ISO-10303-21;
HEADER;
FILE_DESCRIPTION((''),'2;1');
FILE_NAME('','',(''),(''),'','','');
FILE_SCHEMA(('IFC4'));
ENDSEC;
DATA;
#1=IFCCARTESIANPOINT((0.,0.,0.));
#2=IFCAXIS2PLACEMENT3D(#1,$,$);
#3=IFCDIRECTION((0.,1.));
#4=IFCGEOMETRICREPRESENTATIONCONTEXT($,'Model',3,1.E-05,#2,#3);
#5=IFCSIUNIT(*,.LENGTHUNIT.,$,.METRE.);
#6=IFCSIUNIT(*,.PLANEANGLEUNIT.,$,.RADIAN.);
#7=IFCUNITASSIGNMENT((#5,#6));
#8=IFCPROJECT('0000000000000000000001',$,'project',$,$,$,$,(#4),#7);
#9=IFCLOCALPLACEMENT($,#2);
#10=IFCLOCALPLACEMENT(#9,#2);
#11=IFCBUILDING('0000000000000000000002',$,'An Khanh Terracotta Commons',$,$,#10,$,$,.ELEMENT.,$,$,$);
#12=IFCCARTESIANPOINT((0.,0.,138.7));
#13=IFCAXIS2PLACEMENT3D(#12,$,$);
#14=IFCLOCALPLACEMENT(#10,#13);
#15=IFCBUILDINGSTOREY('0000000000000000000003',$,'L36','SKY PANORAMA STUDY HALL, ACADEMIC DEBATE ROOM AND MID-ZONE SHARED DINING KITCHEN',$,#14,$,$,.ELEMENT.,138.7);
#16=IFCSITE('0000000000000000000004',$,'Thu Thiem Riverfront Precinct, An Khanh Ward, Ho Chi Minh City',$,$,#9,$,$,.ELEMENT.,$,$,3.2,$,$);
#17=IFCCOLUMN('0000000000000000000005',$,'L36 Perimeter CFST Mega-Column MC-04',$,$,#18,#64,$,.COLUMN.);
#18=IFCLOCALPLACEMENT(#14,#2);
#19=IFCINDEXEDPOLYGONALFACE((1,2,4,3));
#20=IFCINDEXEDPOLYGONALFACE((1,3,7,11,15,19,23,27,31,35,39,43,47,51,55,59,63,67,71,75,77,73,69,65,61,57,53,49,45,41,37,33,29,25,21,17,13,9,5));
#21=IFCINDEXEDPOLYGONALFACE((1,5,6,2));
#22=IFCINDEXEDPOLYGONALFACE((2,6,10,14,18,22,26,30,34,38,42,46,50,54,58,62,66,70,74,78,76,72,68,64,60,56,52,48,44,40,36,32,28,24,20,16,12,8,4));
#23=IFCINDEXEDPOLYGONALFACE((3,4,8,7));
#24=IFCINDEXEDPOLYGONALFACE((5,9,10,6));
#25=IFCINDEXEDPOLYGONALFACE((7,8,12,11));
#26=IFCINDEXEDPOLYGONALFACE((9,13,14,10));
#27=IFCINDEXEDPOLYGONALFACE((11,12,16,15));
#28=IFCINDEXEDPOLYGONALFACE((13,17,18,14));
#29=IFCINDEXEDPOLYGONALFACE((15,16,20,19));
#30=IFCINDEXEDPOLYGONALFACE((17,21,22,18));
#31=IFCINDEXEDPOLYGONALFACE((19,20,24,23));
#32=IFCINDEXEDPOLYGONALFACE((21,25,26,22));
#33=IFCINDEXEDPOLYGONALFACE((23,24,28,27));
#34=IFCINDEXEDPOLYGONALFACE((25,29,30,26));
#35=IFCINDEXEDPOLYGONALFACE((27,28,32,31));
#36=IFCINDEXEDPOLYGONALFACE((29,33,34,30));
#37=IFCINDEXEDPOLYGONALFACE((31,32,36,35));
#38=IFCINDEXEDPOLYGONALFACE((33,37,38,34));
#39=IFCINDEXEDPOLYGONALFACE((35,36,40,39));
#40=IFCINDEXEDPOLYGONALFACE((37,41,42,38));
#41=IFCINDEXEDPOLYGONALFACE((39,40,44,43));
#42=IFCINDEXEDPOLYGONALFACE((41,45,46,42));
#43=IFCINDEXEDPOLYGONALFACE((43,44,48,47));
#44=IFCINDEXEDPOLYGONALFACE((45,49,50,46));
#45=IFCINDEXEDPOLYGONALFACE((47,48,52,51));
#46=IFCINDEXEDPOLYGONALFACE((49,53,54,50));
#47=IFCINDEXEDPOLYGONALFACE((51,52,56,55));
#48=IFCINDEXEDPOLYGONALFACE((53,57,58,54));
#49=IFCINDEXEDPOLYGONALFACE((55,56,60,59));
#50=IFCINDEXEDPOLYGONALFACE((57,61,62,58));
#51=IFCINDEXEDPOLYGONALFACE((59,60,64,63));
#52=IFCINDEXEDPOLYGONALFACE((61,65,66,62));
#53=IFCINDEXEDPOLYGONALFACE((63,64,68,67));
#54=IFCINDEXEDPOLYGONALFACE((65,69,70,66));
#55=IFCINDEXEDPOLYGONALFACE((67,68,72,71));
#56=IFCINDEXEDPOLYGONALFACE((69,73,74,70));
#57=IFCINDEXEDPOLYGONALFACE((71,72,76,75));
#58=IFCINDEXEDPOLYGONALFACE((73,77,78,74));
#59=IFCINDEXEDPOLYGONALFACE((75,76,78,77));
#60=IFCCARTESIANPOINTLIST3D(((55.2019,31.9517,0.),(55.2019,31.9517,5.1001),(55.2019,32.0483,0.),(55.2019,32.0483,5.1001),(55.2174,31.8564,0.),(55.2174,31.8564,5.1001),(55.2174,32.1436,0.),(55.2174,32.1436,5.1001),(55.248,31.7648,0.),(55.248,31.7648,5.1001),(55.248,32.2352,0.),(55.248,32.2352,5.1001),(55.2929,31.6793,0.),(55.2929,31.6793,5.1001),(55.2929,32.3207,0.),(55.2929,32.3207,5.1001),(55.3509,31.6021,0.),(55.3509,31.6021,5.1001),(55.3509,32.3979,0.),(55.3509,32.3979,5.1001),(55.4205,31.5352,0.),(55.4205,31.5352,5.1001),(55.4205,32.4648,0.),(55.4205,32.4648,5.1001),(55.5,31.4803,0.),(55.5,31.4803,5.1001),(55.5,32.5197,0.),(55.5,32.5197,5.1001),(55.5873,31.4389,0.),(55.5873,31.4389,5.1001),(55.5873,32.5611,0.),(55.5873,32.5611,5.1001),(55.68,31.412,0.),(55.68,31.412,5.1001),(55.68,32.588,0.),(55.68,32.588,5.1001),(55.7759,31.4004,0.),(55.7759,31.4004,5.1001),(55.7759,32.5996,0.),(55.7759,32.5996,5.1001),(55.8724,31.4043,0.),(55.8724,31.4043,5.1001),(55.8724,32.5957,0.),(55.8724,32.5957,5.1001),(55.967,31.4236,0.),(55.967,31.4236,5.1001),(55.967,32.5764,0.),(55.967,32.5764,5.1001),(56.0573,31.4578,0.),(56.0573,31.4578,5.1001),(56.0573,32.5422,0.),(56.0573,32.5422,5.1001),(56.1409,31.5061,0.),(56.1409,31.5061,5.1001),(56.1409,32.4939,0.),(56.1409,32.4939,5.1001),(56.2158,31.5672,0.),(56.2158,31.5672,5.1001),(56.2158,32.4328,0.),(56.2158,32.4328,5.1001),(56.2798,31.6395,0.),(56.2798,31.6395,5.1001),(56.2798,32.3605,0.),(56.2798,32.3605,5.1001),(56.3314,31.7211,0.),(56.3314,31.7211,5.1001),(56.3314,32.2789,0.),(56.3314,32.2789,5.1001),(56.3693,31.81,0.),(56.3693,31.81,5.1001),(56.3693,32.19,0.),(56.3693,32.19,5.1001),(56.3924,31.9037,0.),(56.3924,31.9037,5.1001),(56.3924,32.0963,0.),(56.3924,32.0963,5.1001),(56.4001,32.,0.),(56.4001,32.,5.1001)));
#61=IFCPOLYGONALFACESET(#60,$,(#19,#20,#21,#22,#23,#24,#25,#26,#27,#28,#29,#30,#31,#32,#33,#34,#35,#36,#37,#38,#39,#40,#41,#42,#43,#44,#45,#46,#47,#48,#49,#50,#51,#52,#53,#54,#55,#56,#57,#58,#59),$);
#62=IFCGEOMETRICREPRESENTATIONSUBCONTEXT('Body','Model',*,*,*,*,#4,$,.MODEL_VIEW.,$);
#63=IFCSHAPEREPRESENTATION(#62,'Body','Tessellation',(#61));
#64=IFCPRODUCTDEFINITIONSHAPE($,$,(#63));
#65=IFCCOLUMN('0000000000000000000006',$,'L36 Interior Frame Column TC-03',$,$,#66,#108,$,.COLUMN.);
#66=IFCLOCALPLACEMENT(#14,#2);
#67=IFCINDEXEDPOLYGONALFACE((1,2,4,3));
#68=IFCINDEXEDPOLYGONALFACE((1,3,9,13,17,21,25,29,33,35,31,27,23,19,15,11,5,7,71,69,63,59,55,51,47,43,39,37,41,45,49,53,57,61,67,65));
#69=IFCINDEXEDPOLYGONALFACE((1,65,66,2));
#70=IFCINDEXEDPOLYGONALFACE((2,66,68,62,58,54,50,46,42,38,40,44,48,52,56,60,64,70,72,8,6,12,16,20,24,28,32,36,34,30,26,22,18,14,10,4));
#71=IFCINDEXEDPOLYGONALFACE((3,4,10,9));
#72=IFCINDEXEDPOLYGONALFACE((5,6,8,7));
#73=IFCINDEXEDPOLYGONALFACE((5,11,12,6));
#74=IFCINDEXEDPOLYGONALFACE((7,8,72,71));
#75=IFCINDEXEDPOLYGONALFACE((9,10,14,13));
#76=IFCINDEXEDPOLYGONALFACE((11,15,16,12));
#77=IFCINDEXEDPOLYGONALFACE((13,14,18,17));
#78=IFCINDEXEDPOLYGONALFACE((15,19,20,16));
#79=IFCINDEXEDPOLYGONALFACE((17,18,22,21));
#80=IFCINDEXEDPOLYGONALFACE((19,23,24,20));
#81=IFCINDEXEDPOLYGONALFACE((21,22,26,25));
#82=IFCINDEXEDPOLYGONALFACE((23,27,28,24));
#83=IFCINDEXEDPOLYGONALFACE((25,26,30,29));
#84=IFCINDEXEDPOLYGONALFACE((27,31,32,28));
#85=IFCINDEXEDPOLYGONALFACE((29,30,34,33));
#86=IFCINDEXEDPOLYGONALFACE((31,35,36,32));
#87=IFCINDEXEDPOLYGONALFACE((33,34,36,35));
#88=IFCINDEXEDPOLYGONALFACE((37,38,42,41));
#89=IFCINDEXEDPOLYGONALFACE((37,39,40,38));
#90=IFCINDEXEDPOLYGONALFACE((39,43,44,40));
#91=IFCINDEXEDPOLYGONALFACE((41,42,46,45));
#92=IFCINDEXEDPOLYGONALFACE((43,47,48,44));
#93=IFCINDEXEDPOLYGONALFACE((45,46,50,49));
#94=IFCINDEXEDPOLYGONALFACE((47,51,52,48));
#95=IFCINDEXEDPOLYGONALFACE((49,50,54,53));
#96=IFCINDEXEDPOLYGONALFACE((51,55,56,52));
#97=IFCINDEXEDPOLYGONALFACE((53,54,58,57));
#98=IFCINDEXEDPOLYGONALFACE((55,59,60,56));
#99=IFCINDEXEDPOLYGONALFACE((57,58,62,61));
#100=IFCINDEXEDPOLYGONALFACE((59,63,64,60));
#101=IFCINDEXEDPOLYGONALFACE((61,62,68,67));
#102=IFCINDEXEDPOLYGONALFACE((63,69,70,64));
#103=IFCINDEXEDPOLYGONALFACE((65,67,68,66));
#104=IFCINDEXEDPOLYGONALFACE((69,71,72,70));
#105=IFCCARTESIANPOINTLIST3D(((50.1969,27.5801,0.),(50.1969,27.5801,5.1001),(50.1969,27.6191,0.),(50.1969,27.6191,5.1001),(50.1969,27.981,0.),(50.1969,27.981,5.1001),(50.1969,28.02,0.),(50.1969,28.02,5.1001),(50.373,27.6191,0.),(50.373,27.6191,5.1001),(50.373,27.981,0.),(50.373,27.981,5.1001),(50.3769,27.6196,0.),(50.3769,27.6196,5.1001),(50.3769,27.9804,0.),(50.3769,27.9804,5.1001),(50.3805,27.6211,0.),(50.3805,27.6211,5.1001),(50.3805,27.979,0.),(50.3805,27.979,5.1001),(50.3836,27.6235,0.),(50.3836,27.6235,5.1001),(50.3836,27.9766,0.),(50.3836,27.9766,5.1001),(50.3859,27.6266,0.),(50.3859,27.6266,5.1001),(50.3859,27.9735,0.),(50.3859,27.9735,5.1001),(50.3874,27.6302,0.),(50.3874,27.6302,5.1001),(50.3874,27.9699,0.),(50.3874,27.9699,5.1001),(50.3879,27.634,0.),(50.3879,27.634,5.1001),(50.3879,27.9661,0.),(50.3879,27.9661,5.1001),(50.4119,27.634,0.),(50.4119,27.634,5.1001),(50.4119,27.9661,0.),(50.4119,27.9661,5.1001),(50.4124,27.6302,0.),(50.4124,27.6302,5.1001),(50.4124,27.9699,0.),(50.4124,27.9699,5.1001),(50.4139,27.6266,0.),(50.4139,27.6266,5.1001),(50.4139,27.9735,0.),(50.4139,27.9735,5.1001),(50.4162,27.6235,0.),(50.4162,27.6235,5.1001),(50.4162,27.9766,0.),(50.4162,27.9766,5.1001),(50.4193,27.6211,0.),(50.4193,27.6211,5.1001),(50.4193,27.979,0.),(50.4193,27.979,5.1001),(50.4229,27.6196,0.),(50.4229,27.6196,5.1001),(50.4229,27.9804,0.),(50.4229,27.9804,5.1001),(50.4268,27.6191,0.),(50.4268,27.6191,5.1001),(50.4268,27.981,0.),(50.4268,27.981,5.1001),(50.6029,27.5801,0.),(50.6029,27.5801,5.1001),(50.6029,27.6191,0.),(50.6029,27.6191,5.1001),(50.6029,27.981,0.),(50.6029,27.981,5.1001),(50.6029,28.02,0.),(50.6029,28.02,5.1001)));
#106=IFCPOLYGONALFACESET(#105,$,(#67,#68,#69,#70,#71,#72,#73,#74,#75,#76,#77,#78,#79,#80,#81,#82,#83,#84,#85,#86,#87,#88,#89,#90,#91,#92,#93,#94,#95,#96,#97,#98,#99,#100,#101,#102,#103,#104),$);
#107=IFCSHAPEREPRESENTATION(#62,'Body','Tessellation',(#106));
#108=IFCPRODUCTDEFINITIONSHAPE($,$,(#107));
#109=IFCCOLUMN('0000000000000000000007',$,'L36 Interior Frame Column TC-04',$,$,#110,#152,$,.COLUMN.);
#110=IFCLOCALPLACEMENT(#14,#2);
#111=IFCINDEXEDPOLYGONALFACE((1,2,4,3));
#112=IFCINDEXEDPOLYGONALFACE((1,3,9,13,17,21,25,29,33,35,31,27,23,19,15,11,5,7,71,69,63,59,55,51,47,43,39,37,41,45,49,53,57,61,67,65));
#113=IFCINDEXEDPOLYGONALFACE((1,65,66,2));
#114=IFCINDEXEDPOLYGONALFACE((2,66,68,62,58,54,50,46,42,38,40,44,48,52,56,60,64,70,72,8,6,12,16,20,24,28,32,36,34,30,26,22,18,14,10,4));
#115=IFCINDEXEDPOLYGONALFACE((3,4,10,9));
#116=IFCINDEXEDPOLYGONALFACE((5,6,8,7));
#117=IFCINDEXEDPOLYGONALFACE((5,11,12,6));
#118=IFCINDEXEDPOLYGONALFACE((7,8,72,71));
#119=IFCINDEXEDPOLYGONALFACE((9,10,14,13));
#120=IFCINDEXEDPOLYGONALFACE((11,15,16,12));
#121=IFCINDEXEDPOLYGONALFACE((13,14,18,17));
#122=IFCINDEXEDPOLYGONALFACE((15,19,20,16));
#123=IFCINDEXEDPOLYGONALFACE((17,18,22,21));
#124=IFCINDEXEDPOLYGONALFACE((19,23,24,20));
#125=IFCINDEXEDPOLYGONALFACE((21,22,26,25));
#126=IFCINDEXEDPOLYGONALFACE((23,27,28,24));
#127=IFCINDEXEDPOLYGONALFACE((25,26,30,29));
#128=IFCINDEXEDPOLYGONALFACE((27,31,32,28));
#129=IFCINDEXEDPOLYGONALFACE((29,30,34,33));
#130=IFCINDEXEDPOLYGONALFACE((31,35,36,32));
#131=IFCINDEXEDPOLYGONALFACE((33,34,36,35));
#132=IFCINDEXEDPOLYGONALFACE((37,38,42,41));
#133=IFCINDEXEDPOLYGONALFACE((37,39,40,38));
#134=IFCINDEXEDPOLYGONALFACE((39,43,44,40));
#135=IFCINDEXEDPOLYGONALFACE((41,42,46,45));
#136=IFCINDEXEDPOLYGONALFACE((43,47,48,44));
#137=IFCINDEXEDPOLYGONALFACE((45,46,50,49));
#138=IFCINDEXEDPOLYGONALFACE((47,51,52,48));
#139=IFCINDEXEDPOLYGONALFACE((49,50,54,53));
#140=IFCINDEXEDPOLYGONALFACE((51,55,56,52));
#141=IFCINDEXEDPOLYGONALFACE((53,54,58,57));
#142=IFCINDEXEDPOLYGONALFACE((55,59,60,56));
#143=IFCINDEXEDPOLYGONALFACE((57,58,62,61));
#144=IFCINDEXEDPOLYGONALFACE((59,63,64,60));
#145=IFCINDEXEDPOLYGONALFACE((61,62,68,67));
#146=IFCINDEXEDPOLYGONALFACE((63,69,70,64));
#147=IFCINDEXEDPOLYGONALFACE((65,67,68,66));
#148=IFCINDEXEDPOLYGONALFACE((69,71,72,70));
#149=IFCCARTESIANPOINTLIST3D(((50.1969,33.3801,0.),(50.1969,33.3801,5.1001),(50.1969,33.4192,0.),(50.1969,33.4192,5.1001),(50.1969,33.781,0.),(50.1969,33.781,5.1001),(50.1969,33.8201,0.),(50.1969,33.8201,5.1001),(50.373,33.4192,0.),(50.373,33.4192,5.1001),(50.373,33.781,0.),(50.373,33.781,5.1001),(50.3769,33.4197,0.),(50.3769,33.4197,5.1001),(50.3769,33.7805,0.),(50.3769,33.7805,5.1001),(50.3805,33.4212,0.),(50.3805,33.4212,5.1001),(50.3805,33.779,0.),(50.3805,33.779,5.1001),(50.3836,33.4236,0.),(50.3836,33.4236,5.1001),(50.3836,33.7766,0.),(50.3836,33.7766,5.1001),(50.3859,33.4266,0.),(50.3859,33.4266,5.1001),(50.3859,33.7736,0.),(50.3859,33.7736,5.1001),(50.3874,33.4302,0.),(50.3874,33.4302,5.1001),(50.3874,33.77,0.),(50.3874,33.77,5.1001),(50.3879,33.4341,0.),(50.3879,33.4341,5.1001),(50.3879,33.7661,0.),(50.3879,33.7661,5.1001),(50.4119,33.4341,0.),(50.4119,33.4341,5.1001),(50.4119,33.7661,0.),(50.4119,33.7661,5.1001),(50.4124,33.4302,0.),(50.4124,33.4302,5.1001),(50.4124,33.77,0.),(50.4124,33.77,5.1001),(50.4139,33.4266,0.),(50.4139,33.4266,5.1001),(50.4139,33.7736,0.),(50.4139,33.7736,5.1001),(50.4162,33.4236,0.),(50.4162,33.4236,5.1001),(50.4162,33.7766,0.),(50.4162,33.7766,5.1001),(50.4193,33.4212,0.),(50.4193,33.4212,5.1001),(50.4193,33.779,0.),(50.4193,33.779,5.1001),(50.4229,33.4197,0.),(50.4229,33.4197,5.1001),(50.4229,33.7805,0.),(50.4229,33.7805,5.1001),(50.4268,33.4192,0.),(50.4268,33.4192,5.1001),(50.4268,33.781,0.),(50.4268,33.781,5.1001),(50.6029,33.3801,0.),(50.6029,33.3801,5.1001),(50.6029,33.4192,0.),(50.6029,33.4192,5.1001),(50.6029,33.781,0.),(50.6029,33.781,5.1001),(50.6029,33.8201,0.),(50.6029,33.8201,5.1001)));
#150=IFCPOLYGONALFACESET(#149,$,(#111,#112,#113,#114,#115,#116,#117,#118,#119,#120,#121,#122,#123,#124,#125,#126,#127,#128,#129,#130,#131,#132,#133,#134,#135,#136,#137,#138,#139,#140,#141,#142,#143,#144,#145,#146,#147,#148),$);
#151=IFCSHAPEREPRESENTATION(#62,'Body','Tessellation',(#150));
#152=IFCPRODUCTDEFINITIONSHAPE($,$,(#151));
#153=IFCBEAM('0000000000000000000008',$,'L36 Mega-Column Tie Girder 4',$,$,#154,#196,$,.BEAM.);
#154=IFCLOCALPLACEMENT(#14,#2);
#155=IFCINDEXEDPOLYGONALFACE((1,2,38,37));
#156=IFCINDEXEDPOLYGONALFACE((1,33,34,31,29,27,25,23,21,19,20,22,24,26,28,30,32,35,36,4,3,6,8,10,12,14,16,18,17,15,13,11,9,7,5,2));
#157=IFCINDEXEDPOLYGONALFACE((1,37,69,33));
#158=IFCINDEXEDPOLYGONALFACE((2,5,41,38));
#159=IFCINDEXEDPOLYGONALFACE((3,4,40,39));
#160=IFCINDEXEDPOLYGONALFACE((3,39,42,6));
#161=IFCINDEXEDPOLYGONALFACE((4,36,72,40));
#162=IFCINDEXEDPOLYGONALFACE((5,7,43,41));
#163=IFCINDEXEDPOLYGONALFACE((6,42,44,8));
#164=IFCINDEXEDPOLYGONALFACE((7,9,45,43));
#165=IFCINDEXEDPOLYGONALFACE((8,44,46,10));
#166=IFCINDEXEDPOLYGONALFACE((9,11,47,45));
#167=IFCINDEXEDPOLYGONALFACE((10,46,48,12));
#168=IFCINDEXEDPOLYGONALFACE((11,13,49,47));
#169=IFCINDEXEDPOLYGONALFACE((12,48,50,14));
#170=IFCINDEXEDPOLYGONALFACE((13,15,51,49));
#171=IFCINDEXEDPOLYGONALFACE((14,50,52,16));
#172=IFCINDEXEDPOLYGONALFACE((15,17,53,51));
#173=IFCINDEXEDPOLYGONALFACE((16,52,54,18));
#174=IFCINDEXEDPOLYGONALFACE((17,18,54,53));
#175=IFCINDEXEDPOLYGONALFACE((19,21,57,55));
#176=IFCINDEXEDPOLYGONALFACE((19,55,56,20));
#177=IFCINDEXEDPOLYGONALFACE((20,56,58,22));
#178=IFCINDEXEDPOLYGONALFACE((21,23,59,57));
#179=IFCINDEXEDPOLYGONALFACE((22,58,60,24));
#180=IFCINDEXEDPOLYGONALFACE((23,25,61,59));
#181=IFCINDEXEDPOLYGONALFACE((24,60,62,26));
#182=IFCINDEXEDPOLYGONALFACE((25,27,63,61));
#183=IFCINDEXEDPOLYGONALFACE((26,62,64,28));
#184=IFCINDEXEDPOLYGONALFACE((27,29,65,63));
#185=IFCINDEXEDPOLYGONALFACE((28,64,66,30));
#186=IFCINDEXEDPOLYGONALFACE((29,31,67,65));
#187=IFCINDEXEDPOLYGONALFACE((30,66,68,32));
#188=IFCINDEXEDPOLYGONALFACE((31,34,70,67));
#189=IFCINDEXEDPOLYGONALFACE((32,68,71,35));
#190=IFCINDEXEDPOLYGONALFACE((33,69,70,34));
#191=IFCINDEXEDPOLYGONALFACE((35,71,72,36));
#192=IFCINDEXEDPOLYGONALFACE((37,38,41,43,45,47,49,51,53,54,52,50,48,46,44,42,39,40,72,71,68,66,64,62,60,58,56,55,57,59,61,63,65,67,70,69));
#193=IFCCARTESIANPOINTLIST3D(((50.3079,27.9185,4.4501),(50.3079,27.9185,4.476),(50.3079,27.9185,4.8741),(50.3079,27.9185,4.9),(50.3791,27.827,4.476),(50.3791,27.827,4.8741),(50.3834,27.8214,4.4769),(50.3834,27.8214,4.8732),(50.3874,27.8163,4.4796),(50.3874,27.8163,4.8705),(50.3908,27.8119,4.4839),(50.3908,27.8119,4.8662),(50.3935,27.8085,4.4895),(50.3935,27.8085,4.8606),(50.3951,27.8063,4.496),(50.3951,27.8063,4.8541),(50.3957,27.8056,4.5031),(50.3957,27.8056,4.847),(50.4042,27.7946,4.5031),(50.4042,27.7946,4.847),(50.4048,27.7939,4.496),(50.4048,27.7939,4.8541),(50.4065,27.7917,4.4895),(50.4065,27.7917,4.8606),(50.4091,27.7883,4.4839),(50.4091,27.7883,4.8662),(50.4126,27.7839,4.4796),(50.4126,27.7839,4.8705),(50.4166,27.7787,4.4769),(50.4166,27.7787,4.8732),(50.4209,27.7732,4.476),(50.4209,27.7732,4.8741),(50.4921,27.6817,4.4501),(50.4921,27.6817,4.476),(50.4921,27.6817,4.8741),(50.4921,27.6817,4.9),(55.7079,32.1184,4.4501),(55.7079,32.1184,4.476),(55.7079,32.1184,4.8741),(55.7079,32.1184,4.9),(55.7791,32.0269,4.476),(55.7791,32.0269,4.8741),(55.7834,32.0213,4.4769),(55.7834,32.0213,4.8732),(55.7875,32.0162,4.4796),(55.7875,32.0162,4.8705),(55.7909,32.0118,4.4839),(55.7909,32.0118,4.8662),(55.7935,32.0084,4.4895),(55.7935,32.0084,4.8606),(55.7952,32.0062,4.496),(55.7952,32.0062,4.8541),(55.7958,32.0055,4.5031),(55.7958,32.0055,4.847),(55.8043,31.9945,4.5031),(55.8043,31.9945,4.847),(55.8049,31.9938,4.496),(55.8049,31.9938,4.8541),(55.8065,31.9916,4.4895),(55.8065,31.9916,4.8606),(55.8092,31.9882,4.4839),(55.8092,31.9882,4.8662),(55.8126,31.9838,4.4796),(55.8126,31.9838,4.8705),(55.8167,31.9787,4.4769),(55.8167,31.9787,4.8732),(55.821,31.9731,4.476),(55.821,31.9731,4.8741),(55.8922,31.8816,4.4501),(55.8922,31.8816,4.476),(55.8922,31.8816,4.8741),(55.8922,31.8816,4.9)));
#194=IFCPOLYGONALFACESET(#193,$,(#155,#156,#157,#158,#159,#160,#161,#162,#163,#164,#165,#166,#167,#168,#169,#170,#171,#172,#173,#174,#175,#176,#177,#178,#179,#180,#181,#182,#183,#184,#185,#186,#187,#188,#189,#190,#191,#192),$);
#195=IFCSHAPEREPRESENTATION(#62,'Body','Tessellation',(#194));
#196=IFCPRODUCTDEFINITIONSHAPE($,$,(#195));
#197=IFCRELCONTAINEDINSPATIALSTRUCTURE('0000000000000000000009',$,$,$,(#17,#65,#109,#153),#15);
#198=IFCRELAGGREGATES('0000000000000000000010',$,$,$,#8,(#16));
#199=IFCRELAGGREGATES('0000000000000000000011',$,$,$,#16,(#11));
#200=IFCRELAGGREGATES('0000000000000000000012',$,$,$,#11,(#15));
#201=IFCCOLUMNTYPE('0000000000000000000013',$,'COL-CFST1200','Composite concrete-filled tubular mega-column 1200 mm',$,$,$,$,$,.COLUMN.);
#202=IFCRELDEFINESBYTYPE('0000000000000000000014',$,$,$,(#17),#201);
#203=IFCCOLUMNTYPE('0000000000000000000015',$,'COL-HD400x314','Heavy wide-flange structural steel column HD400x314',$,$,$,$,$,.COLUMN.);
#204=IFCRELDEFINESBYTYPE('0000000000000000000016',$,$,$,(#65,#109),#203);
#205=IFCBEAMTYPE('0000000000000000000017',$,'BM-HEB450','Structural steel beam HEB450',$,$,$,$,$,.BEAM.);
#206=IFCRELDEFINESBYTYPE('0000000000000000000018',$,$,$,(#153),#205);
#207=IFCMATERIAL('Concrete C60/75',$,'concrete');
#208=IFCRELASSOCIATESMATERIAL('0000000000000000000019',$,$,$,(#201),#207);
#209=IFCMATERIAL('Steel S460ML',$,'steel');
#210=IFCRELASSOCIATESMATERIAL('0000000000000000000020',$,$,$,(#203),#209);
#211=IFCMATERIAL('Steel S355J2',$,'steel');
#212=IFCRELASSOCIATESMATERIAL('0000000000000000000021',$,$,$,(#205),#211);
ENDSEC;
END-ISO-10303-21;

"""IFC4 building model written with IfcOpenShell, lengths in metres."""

from ifc_helpers import new_model, si_unit, direction, frame, origin, origin_2d, place, context, subcontext, project, spatial, circle, i_section, extrude, material, material_profile, profile_set, type_object, element, save


model = new_model("IFC4")

# Units and contexts
model_context = context("Model", 3, precision=1e-05, world=origin(), true_north=direction((0.0, 1.0)))
body_context = subcontext(model_context, "Body", "Model", "MODEL_VIEW")
ifc_project = project(units=[si_unit("LENGTHUNIT", "METRE"), si_unit("PLANEANGLEUNIT", "RADIAN")], contexts=[model_context])

# Site, building, storey
site_placement = place(None, origin())
site = spatial("IfcSite", under=ifc_project, at=site_placement, Name="Thu Thiem Riverfront Precinct, An Khanh Ward, Ho Chi Minh City", CompositionType="ELEMENT", RefElevation=3.2)
building_placement = place(site_placement, origin())
building = spatial("IfcBuilding", under=site, at=building_placement, Name="An Khanh Terracotta Commons", CompositionType="ELEMENT")
storey_placement = place(building_placement, frame((0.0, 0.0, 138.7)))
storey = spatial("IfcBuildingStorey", under=building, at=storey_placement, Name="L36", Description="SKY PANORAMA STUDY HALL, ACADEMIC DEBATE ROOM AND MID-ZONE SHARED DINING KITCHEN", CompositionType="ELEMENT", Elevation=138.7)

# Columns
ifc_material_1 = material(Name="Concrete C60/75", Category="concrete")
ifc_material_profile_1 = material_profile(ifc_material_1, circle(Radius=0.6001, at=origin_2d()), Name="CFST1200")
ifc_profile_set_1 = profile_set([ifc_material_profile_1], Name="Concrete C60/75")
column_type_1 = type_object("IfcColumnType", Name="COL-CFST1200", Description="Composite concrete-filled tubular mega-column 1200 mm", PredefinedType="COLUMN", material=ifc_profile_set_1)
column_placement = place(storey_placement, frame((55.8, 32.0, 0.0), z_axis=(0.0, 0.0, 1.0), x_axis=(1.0, 0.0, 0.0)))
element("IfcColumn", 1, at=column_placement, inside=storey, type_object=column_type_1, Name="L36 Perimeter CFST Mega-Column MC-04", PredefinedType="COLUMN", context=body_context, shape_type="SweptSolid", body=[
    extrude(circle(Radius=0.6001, at=origin_2d()), origin(), (0.0, 0.0, 1.0), 5.1001),
])
ifc_material_2 = material(Name="Steel S460ML", Category="steel")
ifc_material_profile_2 = material_profile(ifc_material_2, i_section(OverallWidth=0.406, OverallDepth=0.4399, WebThickness=0.0239, FlangeThickness=0.0391, FilletRadius=0.0149, at=origin_2d()), Name="HD400x314")
ifc_profile_set_2 = profile_set([ifc_material_profile_2], Name="Steel S460ML")
column_type_2 = type_object("IfcColumnType", Name="COL-HD400x314", Description="Heavy wide-flange structural steel column HD400x314", PredefinedType="COLUMN", material=ifc_profile_set_2)
for number, where, z_axis, x_axis, name in (
    (2, (50.3999, 27.8, 0.0), (0.0, 0.0, 1.0), (1.0, 0.0, 0.0), "L36 Interior Frame Column TC-03"),
    (3, (50.3999, 33.6001, 0.0), (0.0, 0.0, 1.0), (1.0, 0.0, 0.0), "L36 Interior Frame Column TC-04"),
):
    element("IfcColumn", number, at=place(storey_placement, frame(where, z_axis=z_axis, x_axis=x_axis)), inside=storey, type_object=column_type_2, Name=name, PredefinedType="COLUMN", context=body_context, shape_type="SweptSolid", body=[
        extrude(i_section(OverallWidth=0.406, OverallDepth=0.4399, WebThickness=0.0239, FlangeThickness=0.0391, FilletRadius=0.0149, at=origin_2d()), origin(), (0.0, 0.0, 1.0), 5.1001),
    ])

# Beam
ifc_material_3 = material(Name="Steel S355J2", Category="steel")
ifc_material_profile_3 = material_profile(ifc_material_3, i_section(OverallWidth=0.3, OverallDepth=0.45, WebThickness=0.0139, FlangeThickness=0.0259, FilletRadius=0.0271, at=origin_2d()), Name="HEB450")
ifc_profile_set_3 = profile_set([ifc_material_profile_3], Name="Steel S355J2")
beam_type_1 = type_object("IfcBeamType", Name="BM-HEB450", Description="Structural steel beam HEB450", PredefinedType="BEAM", material=ifc_profile_set_3)
beam_1_placement = place(storey_placement, frame((55.8, 32.0, 4.675), z_axis=(-0.789364, -0.613926, 0.0), x_axis=(0.613926, -0.789364, 0.0)))
element("IfcBeam", 4, at=beam_1_placement, inside=storey, type_object=beam_type_1, Name="L36 Mega-Column Tie Girder 4", PredefinedType="BEAM", context=body_context, shape_type="SweptSolid", body=[
    extrude(i_section(OverallWidth=0.3, OverallDepth=0.45, WebThickness=0.0139, FlangeThickness=0.0259, FilletRadius=0.0271, at=origin_2d()), origin(), (0.0, 0.0, 1.0), 6.8411),
])

save(model, "model.ifc")
